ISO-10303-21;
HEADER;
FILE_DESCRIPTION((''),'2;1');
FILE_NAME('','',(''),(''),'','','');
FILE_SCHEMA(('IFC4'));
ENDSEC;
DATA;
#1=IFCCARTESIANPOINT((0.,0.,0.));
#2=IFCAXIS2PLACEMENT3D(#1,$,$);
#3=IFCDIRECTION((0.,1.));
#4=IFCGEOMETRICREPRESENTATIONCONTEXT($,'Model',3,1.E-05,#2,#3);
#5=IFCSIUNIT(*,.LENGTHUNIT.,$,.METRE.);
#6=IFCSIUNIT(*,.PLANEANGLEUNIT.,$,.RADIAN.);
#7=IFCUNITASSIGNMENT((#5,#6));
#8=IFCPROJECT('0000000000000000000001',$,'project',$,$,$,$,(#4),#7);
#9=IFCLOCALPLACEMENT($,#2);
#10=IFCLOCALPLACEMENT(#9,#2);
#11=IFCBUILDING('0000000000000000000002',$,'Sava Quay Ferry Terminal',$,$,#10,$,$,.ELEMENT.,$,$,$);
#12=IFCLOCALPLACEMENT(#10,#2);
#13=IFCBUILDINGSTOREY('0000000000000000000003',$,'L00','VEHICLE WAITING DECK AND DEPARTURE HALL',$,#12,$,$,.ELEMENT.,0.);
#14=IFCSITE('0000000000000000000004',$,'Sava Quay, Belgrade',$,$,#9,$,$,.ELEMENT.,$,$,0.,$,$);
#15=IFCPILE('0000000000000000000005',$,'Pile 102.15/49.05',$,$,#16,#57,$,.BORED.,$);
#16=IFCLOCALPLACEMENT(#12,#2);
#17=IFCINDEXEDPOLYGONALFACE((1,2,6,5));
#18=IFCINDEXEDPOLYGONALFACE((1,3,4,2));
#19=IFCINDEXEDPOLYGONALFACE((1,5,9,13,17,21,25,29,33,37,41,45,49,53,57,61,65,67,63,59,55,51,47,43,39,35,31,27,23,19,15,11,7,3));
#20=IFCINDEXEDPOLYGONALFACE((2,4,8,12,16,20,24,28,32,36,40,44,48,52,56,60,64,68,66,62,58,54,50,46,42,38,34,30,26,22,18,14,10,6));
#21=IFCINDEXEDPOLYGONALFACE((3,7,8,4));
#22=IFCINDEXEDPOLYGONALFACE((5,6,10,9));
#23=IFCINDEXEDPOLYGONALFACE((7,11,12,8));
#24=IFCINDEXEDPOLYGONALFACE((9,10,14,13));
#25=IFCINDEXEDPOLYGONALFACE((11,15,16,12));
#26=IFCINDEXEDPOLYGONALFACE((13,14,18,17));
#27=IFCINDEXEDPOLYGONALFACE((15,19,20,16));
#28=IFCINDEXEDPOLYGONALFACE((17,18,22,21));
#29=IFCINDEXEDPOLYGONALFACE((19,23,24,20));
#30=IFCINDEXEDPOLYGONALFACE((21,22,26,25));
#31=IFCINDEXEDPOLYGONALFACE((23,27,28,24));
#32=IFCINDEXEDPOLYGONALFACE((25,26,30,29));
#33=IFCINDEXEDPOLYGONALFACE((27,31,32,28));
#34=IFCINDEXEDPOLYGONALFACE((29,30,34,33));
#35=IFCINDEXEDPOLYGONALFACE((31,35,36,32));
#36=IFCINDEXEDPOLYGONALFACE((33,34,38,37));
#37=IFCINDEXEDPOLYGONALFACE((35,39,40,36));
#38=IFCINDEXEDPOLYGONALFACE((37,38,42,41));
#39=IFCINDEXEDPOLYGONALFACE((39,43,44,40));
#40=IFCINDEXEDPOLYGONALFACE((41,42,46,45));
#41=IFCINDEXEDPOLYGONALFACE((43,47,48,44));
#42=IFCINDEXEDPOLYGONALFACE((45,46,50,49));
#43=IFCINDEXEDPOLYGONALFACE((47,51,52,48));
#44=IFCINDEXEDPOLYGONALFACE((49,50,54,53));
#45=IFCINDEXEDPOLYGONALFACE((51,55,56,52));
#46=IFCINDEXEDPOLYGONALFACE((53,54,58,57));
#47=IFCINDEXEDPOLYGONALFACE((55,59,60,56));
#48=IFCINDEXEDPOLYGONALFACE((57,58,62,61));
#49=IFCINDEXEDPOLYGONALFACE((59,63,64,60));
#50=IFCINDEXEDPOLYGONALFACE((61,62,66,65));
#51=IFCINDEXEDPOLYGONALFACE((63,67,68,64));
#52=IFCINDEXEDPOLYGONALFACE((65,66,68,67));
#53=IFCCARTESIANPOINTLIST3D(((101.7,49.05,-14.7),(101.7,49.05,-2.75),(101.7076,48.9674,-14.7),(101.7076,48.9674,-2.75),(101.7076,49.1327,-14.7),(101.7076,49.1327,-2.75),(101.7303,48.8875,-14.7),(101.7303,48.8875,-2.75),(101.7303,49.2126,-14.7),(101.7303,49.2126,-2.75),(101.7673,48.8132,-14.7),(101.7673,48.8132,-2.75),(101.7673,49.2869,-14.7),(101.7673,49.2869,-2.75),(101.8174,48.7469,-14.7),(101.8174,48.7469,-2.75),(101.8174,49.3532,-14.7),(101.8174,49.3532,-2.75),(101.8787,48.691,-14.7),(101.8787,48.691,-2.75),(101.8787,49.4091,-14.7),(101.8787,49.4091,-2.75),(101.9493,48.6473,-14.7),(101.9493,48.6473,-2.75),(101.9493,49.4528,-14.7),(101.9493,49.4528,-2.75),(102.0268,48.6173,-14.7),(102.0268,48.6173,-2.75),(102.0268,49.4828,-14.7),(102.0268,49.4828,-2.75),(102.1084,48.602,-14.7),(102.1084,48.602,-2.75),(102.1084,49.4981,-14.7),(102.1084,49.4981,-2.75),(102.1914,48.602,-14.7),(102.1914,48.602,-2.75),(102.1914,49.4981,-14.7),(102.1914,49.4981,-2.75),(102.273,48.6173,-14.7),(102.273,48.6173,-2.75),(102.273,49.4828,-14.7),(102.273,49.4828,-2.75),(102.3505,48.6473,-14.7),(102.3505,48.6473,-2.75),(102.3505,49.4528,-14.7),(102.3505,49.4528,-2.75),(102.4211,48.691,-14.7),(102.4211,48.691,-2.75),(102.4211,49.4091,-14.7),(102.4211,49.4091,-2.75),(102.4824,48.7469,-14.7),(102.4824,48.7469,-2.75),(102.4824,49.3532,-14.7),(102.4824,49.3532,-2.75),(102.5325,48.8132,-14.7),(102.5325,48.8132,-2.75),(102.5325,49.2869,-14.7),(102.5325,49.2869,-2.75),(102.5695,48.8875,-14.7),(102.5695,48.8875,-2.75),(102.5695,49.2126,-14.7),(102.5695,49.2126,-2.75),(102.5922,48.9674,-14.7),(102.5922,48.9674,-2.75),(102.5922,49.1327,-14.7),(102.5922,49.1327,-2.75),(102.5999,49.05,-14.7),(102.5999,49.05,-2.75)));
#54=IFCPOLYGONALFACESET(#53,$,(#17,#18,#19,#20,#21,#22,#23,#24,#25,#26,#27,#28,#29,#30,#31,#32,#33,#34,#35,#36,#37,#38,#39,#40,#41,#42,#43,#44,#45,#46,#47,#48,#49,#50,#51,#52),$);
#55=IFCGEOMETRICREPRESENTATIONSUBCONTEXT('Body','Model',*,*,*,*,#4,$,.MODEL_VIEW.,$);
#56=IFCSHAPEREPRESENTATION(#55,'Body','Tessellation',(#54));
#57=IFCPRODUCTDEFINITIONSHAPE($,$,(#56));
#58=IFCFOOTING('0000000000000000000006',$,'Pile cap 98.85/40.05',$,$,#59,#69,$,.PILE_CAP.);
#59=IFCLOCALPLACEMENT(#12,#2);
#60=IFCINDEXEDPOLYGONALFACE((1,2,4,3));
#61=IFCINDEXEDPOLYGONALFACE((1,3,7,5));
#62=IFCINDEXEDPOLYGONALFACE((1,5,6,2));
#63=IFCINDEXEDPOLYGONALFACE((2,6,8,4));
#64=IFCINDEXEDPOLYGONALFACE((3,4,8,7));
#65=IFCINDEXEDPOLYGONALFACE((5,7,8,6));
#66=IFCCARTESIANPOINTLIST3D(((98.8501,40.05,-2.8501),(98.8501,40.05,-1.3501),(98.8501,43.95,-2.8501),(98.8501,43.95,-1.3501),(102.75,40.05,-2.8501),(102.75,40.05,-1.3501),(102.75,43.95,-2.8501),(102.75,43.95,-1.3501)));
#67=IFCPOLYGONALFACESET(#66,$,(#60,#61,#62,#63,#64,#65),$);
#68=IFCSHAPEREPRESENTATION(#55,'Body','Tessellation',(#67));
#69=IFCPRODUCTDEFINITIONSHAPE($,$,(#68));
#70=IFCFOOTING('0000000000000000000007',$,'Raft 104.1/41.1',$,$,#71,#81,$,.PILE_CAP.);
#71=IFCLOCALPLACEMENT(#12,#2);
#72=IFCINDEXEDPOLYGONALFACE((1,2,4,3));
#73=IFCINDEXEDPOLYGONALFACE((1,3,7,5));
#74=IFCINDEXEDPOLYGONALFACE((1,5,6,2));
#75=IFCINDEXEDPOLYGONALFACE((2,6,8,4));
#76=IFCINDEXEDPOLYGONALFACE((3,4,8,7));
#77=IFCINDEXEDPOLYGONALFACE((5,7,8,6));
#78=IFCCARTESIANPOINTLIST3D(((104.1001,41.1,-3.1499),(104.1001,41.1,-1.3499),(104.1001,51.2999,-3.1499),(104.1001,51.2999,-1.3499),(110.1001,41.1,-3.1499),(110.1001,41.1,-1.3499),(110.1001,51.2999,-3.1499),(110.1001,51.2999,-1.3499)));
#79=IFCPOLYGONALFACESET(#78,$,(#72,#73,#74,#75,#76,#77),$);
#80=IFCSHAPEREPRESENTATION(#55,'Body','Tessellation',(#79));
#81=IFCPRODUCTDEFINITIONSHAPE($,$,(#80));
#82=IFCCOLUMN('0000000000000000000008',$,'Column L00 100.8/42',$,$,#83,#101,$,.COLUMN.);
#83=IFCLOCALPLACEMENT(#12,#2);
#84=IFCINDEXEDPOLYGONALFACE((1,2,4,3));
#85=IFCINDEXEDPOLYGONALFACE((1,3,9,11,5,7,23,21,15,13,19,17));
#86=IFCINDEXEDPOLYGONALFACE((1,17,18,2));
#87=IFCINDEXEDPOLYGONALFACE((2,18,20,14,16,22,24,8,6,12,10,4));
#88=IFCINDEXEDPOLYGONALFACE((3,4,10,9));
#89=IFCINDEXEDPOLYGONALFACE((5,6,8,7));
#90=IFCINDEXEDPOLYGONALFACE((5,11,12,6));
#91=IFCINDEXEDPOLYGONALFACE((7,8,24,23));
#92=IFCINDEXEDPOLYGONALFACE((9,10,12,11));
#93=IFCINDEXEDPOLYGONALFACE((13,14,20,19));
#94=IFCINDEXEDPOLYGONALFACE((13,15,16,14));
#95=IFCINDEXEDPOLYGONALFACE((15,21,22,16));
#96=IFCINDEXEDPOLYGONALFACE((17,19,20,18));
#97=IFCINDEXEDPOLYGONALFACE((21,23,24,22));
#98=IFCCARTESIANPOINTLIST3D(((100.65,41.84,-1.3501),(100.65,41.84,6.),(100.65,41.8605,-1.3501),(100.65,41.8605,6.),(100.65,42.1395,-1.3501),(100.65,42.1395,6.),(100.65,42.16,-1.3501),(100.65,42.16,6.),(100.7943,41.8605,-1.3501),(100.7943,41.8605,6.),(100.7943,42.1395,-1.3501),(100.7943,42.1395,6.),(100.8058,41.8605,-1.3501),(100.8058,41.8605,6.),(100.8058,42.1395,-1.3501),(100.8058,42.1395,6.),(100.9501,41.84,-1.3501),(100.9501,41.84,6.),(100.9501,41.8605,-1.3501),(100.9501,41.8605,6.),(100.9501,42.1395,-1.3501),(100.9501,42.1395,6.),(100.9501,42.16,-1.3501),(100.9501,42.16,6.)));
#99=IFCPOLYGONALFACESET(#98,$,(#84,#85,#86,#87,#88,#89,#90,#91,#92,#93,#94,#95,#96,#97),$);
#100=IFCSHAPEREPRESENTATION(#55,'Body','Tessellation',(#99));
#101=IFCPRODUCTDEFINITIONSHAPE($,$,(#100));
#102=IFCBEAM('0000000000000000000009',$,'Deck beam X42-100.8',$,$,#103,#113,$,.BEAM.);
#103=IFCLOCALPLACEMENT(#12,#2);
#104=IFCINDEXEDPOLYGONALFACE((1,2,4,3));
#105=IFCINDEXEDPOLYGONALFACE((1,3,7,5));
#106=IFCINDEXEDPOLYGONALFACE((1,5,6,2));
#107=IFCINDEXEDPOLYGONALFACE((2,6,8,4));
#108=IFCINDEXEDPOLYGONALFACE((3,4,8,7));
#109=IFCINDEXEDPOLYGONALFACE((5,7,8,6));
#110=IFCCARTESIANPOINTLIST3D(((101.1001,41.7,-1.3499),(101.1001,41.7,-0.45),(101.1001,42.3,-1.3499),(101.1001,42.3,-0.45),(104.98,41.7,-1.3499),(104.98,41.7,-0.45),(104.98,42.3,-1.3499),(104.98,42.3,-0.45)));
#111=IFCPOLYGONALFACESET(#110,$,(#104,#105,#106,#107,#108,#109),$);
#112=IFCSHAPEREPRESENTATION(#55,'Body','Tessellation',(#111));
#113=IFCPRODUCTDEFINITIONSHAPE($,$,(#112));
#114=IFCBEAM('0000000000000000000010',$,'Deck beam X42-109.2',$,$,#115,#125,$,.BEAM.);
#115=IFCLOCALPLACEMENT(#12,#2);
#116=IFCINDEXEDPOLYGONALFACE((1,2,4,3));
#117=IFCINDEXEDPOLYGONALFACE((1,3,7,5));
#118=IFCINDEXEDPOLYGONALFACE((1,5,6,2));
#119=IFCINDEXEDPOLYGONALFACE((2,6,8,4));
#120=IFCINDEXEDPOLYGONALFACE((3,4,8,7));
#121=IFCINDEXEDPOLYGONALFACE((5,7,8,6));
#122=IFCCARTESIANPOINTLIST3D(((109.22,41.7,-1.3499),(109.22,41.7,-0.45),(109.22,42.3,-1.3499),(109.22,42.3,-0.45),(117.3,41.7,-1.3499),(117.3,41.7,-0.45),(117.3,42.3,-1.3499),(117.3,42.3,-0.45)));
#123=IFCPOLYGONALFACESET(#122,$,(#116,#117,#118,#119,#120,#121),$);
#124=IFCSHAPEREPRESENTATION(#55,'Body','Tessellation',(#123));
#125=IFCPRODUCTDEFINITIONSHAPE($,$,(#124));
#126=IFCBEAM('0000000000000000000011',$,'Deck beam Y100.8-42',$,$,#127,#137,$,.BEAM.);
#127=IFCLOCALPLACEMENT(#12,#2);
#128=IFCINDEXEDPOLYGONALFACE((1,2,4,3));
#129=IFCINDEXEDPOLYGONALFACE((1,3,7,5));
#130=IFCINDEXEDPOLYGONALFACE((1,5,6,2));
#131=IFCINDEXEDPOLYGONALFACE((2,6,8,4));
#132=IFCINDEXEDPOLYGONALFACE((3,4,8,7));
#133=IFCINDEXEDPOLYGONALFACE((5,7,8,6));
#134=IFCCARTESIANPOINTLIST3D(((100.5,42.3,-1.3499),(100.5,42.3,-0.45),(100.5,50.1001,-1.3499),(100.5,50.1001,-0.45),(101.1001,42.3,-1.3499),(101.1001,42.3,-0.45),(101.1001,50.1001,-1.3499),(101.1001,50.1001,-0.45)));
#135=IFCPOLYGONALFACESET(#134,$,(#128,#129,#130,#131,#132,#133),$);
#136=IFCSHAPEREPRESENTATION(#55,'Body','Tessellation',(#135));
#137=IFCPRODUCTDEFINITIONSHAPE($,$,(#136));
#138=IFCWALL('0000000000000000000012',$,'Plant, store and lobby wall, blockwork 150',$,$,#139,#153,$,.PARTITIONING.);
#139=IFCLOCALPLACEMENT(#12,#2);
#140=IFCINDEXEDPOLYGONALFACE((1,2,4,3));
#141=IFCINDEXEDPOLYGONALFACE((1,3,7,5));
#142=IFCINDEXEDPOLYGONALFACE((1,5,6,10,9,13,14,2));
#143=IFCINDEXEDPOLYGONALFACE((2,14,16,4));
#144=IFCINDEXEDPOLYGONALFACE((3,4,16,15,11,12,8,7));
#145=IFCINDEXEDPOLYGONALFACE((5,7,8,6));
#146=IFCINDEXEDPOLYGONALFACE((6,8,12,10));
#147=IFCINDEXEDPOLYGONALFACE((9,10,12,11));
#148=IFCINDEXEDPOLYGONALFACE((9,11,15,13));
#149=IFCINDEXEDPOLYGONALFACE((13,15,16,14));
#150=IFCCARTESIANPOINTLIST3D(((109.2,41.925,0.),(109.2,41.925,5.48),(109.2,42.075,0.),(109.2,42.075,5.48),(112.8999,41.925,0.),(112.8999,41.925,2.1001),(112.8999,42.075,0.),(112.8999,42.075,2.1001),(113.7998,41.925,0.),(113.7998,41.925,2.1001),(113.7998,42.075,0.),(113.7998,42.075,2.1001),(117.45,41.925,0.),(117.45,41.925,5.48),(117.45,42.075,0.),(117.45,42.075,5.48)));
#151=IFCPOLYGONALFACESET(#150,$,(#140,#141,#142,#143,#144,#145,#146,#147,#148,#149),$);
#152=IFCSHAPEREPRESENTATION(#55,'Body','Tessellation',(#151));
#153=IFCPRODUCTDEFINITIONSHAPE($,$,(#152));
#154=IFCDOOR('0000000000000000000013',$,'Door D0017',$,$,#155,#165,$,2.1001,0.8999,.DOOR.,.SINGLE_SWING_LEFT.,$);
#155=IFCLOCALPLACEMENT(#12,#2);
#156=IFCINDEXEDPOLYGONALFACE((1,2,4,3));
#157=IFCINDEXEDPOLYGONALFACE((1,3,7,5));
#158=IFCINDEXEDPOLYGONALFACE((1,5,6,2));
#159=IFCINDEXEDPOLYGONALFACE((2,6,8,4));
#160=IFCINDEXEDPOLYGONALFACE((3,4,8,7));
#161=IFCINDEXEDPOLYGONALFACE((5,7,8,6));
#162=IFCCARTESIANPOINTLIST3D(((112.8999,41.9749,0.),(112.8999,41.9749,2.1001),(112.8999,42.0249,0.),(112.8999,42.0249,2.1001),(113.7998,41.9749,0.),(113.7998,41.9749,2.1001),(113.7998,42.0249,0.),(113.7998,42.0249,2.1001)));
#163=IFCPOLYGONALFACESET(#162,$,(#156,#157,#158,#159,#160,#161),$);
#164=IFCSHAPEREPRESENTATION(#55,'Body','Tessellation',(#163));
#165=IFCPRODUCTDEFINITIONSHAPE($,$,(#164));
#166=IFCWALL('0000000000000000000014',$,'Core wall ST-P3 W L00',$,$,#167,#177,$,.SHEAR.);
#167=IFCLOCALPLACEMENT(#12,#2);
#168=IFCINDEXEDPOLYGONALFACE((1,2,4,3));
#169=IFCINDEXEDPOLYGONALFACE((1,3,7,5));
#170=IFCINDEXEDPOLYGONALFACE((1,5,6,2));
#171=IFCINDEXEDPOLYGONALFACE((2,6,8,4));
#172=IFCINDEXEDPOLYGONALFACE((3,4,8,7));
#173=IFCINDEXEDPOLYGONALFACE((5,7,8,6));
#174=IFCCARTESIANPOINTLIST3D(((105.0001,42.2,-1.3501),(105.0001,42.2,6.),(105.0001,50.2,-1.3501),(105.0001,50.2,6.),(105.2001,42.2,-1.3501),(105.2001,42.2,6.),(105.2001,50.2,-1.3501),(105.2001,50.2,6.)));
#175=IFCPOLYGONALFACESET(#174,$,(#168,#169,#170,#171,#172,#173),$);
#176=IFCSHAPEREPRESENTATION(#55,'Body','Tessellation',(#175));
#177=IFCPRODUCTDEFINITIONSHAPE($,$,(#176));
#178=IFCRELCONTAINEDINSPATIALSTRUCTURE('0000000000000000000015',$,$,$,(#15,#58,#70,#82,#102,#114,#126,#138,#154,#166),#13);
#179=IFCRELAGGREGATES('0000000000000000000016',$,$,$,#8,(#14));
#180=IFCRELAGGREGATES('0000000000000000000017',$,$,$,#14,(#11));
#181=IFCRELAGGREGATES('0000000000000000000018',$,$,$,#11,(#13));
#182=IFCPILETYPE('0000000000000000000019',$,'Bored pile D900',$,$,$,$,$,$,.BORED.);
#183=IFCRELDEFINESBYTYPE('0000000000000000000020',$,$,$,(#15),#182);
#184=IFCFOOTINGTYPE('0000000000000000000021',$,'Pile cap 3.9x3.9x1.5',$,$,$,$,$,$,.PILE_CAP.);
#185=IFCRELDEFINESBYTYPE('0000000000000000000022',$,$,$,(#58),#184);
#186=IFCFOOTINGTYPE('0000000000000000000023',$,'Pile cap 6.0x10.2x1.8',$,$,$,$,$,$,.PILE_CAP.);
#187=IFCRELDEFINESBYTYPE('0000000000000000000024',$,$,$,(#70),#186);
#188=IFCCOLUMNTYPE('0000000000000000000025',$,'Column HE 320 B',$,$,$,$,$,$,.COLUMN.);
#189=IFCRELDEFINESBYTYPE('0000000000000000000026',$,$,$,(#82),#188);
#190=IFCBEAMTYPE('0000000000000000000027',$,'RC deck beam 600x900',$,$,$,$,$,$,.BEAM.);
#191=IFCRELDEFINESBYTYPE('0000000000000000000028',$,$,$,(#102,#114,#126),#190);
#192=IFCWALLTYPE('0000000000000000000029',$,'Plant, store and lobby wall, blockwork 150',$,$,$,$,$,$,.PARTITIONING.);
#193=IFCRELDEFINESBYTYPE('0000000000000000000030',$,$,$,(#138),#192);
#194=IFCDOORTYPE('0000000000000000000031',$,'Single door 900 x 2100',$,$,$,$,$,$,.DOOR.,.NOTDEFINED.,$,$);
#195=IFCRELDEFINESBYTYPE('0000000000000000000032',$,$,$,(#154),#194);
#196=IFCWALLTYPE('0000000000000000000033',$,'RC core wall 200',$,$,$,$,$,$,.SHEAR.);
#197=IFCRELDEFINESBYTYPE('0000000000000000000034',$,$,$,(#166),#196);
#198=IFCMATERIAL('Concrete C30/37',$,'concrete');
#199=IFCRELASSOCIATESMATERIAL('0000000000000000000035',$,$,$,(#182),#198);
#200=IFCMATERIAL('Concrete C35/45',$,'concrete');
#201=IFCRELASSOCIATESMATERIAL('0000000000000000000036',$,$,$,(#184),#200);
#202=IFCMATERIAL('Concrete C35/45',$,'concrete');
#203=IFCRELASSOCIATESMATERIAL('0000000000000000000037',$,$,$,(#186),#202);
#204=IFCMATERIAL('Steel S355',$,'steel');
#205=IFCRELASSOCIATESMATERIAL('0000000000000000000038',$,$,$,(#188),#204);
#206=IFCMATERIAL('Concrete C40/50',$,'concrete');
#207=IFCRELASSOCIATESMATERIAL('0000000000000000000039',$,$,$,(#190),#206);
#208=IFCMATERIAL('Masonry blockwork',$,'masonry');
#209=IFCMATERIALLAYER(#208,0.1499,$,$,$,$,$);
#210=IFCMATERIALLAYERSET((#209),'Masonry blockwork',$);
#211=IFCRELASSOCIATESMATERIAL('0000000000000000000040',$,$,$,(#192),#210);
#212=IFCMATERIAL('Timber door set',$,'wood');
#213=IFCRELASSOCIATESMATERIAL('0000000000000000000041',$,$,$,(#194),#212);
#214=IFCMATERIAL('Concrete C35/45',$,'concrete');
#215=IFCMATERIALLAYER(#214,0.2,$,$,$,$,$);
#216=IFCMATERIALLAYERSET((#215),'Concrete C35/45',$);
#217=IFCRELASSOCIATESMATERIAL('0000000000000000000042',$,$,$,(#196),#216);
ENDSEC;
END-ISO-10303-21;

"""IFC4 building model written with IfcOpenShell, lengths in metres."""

from ifc_helpers import new_model, si_unit, direction, frame, frame_2d, origin, origin_2d, place, context, subcontext, project, spatial, rectangle, circle, i_section, extrude, material, layer, layer_set, material_profile, profile_set, type_object, element, fill, save


model = new_model("IFC4")

# Units and contexts
model_context = context("Model", 3, precision=1e-05, world=origin(), true_north=direction((0.0, 1.0)))
body_context = subcontext(model_context, "Body", "Model", "MODEL_VIEW")
ifc_project = project(units=[si_unit("LENGTHUNIT", "METRE"), si_unit("PLANEANGLEUNIT", "RADIAN")], contexts=[model_context])

# Site, building, storey
site_placement = place(None, origin())
site = spatial("IfcSite", under=ifc_project, at=site_placement, Name="Sava Quay, Belgrade", CompositionType="ELEMENT", RefElevation=0.0)
building_placement = place(site_placement, origin())
building = spatial("IfcBuilding", under=site, at=building_placement, Name="Sava Quay Ferry Terminal", CompositionType="ELEMENT")
storey_placement = place(building_placement, origin())
storey = spatial("IfcBuildingStorey", under=building, at=storey_placement, Name="L00", Description="VEHICLE WAITING DECK AND DEPARTURE HALL", CompositionType="ELEMENT", Elevation=0.0)

# Pile
ifc_material_1 = material(Name="Concrete C30/37", Category="concrete")
ifc_material_profile_1 = material_profile(ifc_material_1, circle(Radius=0.45, at=origin_2d()), Name="Bored pile D900")
ifc_profile_set_1 = profile_set([ifc_material_profile_1], Name="Concrete C30/37")
pile_type = type_object("IfcPileType", Name="Bored pile D900", PredefinedType="BORED", material=ifc_profile_set_1)
pile_placement = place(storey_placement, frame((102.1499, 49.05, -2.75), z_axis=(0.0, 0.0, -1.0), x_axis=(1.0, 0.0, 0.0)))
element("IfcPile", 1, at=pile_placement, inside=storey, type_object=pile_type, Name="Pile 102.15/49.05", PredefinedType="BORED", context=body_context, shape_type="SweptSolid", body=[
    extrude(circle(Radius=0.45, at=origin_2d()), origin(), (0.0, 0.0, 1.0), 11.95),
])

# Footings
ifc_material_2 = material(Name="Concrete C35/45", Category="concrete")
footing_type_1 = type_object("IfcFootingType", Name="Pile cap 3.9x3.9x1.5", PredefinedType="PILE_CAP", material=ifc_material_2)
footing_1_placement = place(storey_placement, frame((100.8, 42.0, -2.8501), z_axis=(0.0, 0.0, 1.0), x_axis=(1.0, 0.0, 0.0)))
element("IfcFooting", 2, at=footing_1_placement, inside=storey, type_object=footing_type_1, Name="Pile cap 98.85/40.05", PredefinedType="PILE_CAP", context=body_context, shape_type="SweptSolid", body=[
    extrude(rectangle(XDim=3.8999, YDim=3.8999, at=origin_2d()), origin(), (0.0, 0.0, 1.0), 1.5),
])
ifc_material_3 = material(Name="Concrete C35/45", Category="concrete")
footing_type_2 = type_object("IfcFootingType", Name="Pile cap 6.0x10.2x1.8", PredefinedType="PILE_CAP", material=ifc_material_3)
footing_2_placement = place(storey_placement, frame((107.1001, 46.2, -3.1499), z_axis=(0.0, 0.0, 1.0), x_axis=(1.0, 0.0, 0.0)))
element("IfcFooting", 3, at=footing_2_placement, inside=storey, type_object=footing_type_2, Name="Raft 104.1/41.1", PredefinedType="PILE_CAP", context=body_context, shape_type="SweptSolid", body=[
    extrude(rectangle(XDim=6.0, YDim=10.2, at=origin_2d()), origin(), (0.0, 0.0, 1.0), 1.8),
])

# Column
ifc_material_4 = material(Name="Steel S355", Category="steel")
ifc_material_profile_2 = material_profile(ifc_material_4, i_section(OverallWidth=0.3, OverallDepth=0.3201, WebThickness=0.0115, FlangeThickness=0.0205, at=origin_2d()), Name="HE 320 B")
ifc_profile_set_2 = profile_set([ifc_material_profile_2], Name="Steel S355")
column_type = type_object("IfcColumnType", Name="Column HE 320 B", PredefinedType="COLUMN", material=ifc_profile_set_2)
column_placement = place(storey_placement, frame((100.8, 42.0, -1.3501), z_axis=(0.0, 0.0, 1.0), x_axis=(1.0, 0.0, 0.0)))
element("IfcColumn", 4, at=column_placement, inside=storey, type_object=column_type, Name="Column L00 100.8/42", PredefinedType="COLUMN", context=body_context, shape_type="SweptSolid", body=[
    extrude(i_section(OverallWidth=0.3, OverallDepth=0.3201, WebThickness=0.0115, FlangeThickness=0.0205, at=origin_2d()), origin(), (0.0, 0.0, 1.0), 7.3501),
])

# Beams
ifc_material_5 = material(Name="Concrete C40/50", Category="concrete")
ifc_material_profile_3 = material_profile(ifc_material_5, rectangle(XDim=0.6001, YDim=0.8999, at=origin_2d()), Name="RC 600x900")
ifc_profile_set_3 = profile_set([ifc_material_profile_3], Name="Concrete C40/50")
beam_type = type_object("IfcBeamType", Name="RC deck beam 600x900", PredefinedType="BEAM", material=ifc_profile_set_3)
beam_1_placement = place(storey_placement, frame((101.1001, 42.0, -0.8999), z_axis=(1.0, 0.0, 0.0), x_axis=(0.0, 1.0, 0.0)))
element("IfcBeam", 5, at=beam_1_placement, inside=storey, type_object=beam_type, Name="Deck beam X42-100.8", PredefinedType="BEAM", context=body_context, shape_type="SweptSolid", body=[
    extrude(rectangle(XDim=0.6001, YDim=0.8999, at=origin_2d()), origin(), (0.0, 0.0, 1.0), 3.8799),
])
beam_2_placement = place(storey_placement, frame((109.22, 42.0, -0.8999), z_axis=(1.0, 0.0, 0.0), x_axis=(0.0, 1.0, 0.0)))
element("IfcBeam", 6, at=beam_2_placement, inside=storey, type_object=beam_type, Name="Deck beam X42-109.2", PredefinedType="BEAM", context=body_context, shape_type="SweptSolid", body=[
    extrude(rectangle(XDim=0.6001, YDim=0.8999, at=origin_2d()), origin(), (0.0, 0.0, 1.0), 8.0801),
])
beam_3_placement = place(storey_placement, frame((100.8, 42.3, -0.8999), z_axis=(0.0, 1.0, 0.0), x_axis=(-1.0, 0.0, 0.0)))
element("IfcBeam", 7, at=beam_3_placement, inside=storey, type_object=beam_type, Name="Deck beam Y100.8-42", PredefinedType="BEAM", context=body_context, shape_type="SweptSolid", body=[
    extrude(rectangle(XDim=0.6001, YDim=0.8999, at=origin_2d()), origin(), (0.0, 0.0, 1.0), 7.8),
])

# Wall, opening, door
ifc_material_6 = material(Name="Masonry blockwork", Category="masonry")
ifc_layer_1 = layer(ifc_material_6, 0.1499)
ifc_layer_set_1 = layer_set([ifc_layer_1], Name="Masonry blockwork")
wall_type_1 = type_object("IfcWallType", Name="Plant, store and lobby wall, blockwork 150", PredefinedType="PARTITIONING", material=ifc_layer_set_1)
wall_1_placement = place(storey_placement, frame((109.2, 42.0, 0.0), z_axis=(0.0, 0.0, 1.0), x_axis=(1.0, 0.0, 0.0)))
wall_1 = element("IfcWall", 8, at=wall_1_placement, inside=storey, type_object=wall_type_1, Name="Plant, store and lobby wall, blockwork 150", PredefinedType="PARTITIONING", context=body_context, shape_type="SweptSolid", body=[
    extrude(rectangle(XDim=8.25, YDim=0.1499, at=frame_2d((4.125, 0.0))), origin(), (0.0, 0.0, 1.0), 5.48),
])
opening_1_placement = place(wall_1_placement, frame((3.7, 0.0, 0.0)))
opening_1 = element("IfcOpeningElement", 9, at=opening_1_placement, cuts=wall_1, PredefinedType="OPENING", context=body_context, shape_type="SweptSolid", body=[
    extrude(rectangle(XDim=0.8999, YDim=2.1001, at=frame_2d((0.45, 1.05))), frame((0.0, 0.075, 0.0), z_axis=(0.0, -1.0, 0.0), x_axis=(1.0, 0.0, 0.0)), (0.0, 0.0, 1.0), 0.1499),
])
ifc_material_7 = material(Name="Timber door set", Category="wood")
door_type_1 = type_object("IfcDoorType", Name="Single door 900 x 2100", OperationType="NOTDEFINED", PredefinedType="DOOR", material=ifc_material_7)
door_1_placement = place(opening_1_placement, origin())
door_1 = element("IfcDoor", 10, at=door_1_placement, inside=storey, type_object=door_type_1, Name="Door D0017", OperationType="SINGLE_SWING_LEFT", OverallHeight=2.1001, OverallWidth=0.8999, PredefinedType="DOOR", context=body_context, shape_type="SweptSolid", body=[
    extrude(rectangle(XDim=0.8999, YDim=2.1001, at=frame_2d((0.45, 1.05))), frame((0.0, 0.0249, 0.0), z_axis=(0.0, -1.0, 0.0), x_axis=(1.0, 0.0, 0.0)), (0.0, 0.0, 1.0), 0.05),
])
fill(opening_1, door_1)
ifc_material_8 = material(Name="Concrete C35/45", Category="concrete")
ifc_layer_2 = layer(ifc_material_8, 0.2)
ifc_layer_set_2 = layer_set([ifc_layer_2], Name="Concrete C35/45")
wall_type_2 = type_object("IfcWallType", Name="RC core wall 200", PredefinedType="SHEAR", material=ifc_layer_set_2)

# Wall
for number, where, z_axis, x_axis, name in (
    (11, (105.1001, 42.2, -1.3501), (0.0, 0.0, 1.0), (0.0, 1.0, 0.0), "Core wall ST-P3 W L00"),
):
    element("IfcWall", number, at=place(storey_placement, frame(where, z_axis=z_axis, x_axis=x_axis)), inside=storey, type_object=wall_type_2, Name=name, PredefinedType="SHEAR", context=body_context, shape_type="SweptSolid", body=[
        extrude(rectangle(XDim=8.0, YDim=0.2, at=frame_2d((4.0, 0.0))), origin(), (0.0, 0.0, 1.0), 7.3501),
    ])

save(model, "model.ifc")
